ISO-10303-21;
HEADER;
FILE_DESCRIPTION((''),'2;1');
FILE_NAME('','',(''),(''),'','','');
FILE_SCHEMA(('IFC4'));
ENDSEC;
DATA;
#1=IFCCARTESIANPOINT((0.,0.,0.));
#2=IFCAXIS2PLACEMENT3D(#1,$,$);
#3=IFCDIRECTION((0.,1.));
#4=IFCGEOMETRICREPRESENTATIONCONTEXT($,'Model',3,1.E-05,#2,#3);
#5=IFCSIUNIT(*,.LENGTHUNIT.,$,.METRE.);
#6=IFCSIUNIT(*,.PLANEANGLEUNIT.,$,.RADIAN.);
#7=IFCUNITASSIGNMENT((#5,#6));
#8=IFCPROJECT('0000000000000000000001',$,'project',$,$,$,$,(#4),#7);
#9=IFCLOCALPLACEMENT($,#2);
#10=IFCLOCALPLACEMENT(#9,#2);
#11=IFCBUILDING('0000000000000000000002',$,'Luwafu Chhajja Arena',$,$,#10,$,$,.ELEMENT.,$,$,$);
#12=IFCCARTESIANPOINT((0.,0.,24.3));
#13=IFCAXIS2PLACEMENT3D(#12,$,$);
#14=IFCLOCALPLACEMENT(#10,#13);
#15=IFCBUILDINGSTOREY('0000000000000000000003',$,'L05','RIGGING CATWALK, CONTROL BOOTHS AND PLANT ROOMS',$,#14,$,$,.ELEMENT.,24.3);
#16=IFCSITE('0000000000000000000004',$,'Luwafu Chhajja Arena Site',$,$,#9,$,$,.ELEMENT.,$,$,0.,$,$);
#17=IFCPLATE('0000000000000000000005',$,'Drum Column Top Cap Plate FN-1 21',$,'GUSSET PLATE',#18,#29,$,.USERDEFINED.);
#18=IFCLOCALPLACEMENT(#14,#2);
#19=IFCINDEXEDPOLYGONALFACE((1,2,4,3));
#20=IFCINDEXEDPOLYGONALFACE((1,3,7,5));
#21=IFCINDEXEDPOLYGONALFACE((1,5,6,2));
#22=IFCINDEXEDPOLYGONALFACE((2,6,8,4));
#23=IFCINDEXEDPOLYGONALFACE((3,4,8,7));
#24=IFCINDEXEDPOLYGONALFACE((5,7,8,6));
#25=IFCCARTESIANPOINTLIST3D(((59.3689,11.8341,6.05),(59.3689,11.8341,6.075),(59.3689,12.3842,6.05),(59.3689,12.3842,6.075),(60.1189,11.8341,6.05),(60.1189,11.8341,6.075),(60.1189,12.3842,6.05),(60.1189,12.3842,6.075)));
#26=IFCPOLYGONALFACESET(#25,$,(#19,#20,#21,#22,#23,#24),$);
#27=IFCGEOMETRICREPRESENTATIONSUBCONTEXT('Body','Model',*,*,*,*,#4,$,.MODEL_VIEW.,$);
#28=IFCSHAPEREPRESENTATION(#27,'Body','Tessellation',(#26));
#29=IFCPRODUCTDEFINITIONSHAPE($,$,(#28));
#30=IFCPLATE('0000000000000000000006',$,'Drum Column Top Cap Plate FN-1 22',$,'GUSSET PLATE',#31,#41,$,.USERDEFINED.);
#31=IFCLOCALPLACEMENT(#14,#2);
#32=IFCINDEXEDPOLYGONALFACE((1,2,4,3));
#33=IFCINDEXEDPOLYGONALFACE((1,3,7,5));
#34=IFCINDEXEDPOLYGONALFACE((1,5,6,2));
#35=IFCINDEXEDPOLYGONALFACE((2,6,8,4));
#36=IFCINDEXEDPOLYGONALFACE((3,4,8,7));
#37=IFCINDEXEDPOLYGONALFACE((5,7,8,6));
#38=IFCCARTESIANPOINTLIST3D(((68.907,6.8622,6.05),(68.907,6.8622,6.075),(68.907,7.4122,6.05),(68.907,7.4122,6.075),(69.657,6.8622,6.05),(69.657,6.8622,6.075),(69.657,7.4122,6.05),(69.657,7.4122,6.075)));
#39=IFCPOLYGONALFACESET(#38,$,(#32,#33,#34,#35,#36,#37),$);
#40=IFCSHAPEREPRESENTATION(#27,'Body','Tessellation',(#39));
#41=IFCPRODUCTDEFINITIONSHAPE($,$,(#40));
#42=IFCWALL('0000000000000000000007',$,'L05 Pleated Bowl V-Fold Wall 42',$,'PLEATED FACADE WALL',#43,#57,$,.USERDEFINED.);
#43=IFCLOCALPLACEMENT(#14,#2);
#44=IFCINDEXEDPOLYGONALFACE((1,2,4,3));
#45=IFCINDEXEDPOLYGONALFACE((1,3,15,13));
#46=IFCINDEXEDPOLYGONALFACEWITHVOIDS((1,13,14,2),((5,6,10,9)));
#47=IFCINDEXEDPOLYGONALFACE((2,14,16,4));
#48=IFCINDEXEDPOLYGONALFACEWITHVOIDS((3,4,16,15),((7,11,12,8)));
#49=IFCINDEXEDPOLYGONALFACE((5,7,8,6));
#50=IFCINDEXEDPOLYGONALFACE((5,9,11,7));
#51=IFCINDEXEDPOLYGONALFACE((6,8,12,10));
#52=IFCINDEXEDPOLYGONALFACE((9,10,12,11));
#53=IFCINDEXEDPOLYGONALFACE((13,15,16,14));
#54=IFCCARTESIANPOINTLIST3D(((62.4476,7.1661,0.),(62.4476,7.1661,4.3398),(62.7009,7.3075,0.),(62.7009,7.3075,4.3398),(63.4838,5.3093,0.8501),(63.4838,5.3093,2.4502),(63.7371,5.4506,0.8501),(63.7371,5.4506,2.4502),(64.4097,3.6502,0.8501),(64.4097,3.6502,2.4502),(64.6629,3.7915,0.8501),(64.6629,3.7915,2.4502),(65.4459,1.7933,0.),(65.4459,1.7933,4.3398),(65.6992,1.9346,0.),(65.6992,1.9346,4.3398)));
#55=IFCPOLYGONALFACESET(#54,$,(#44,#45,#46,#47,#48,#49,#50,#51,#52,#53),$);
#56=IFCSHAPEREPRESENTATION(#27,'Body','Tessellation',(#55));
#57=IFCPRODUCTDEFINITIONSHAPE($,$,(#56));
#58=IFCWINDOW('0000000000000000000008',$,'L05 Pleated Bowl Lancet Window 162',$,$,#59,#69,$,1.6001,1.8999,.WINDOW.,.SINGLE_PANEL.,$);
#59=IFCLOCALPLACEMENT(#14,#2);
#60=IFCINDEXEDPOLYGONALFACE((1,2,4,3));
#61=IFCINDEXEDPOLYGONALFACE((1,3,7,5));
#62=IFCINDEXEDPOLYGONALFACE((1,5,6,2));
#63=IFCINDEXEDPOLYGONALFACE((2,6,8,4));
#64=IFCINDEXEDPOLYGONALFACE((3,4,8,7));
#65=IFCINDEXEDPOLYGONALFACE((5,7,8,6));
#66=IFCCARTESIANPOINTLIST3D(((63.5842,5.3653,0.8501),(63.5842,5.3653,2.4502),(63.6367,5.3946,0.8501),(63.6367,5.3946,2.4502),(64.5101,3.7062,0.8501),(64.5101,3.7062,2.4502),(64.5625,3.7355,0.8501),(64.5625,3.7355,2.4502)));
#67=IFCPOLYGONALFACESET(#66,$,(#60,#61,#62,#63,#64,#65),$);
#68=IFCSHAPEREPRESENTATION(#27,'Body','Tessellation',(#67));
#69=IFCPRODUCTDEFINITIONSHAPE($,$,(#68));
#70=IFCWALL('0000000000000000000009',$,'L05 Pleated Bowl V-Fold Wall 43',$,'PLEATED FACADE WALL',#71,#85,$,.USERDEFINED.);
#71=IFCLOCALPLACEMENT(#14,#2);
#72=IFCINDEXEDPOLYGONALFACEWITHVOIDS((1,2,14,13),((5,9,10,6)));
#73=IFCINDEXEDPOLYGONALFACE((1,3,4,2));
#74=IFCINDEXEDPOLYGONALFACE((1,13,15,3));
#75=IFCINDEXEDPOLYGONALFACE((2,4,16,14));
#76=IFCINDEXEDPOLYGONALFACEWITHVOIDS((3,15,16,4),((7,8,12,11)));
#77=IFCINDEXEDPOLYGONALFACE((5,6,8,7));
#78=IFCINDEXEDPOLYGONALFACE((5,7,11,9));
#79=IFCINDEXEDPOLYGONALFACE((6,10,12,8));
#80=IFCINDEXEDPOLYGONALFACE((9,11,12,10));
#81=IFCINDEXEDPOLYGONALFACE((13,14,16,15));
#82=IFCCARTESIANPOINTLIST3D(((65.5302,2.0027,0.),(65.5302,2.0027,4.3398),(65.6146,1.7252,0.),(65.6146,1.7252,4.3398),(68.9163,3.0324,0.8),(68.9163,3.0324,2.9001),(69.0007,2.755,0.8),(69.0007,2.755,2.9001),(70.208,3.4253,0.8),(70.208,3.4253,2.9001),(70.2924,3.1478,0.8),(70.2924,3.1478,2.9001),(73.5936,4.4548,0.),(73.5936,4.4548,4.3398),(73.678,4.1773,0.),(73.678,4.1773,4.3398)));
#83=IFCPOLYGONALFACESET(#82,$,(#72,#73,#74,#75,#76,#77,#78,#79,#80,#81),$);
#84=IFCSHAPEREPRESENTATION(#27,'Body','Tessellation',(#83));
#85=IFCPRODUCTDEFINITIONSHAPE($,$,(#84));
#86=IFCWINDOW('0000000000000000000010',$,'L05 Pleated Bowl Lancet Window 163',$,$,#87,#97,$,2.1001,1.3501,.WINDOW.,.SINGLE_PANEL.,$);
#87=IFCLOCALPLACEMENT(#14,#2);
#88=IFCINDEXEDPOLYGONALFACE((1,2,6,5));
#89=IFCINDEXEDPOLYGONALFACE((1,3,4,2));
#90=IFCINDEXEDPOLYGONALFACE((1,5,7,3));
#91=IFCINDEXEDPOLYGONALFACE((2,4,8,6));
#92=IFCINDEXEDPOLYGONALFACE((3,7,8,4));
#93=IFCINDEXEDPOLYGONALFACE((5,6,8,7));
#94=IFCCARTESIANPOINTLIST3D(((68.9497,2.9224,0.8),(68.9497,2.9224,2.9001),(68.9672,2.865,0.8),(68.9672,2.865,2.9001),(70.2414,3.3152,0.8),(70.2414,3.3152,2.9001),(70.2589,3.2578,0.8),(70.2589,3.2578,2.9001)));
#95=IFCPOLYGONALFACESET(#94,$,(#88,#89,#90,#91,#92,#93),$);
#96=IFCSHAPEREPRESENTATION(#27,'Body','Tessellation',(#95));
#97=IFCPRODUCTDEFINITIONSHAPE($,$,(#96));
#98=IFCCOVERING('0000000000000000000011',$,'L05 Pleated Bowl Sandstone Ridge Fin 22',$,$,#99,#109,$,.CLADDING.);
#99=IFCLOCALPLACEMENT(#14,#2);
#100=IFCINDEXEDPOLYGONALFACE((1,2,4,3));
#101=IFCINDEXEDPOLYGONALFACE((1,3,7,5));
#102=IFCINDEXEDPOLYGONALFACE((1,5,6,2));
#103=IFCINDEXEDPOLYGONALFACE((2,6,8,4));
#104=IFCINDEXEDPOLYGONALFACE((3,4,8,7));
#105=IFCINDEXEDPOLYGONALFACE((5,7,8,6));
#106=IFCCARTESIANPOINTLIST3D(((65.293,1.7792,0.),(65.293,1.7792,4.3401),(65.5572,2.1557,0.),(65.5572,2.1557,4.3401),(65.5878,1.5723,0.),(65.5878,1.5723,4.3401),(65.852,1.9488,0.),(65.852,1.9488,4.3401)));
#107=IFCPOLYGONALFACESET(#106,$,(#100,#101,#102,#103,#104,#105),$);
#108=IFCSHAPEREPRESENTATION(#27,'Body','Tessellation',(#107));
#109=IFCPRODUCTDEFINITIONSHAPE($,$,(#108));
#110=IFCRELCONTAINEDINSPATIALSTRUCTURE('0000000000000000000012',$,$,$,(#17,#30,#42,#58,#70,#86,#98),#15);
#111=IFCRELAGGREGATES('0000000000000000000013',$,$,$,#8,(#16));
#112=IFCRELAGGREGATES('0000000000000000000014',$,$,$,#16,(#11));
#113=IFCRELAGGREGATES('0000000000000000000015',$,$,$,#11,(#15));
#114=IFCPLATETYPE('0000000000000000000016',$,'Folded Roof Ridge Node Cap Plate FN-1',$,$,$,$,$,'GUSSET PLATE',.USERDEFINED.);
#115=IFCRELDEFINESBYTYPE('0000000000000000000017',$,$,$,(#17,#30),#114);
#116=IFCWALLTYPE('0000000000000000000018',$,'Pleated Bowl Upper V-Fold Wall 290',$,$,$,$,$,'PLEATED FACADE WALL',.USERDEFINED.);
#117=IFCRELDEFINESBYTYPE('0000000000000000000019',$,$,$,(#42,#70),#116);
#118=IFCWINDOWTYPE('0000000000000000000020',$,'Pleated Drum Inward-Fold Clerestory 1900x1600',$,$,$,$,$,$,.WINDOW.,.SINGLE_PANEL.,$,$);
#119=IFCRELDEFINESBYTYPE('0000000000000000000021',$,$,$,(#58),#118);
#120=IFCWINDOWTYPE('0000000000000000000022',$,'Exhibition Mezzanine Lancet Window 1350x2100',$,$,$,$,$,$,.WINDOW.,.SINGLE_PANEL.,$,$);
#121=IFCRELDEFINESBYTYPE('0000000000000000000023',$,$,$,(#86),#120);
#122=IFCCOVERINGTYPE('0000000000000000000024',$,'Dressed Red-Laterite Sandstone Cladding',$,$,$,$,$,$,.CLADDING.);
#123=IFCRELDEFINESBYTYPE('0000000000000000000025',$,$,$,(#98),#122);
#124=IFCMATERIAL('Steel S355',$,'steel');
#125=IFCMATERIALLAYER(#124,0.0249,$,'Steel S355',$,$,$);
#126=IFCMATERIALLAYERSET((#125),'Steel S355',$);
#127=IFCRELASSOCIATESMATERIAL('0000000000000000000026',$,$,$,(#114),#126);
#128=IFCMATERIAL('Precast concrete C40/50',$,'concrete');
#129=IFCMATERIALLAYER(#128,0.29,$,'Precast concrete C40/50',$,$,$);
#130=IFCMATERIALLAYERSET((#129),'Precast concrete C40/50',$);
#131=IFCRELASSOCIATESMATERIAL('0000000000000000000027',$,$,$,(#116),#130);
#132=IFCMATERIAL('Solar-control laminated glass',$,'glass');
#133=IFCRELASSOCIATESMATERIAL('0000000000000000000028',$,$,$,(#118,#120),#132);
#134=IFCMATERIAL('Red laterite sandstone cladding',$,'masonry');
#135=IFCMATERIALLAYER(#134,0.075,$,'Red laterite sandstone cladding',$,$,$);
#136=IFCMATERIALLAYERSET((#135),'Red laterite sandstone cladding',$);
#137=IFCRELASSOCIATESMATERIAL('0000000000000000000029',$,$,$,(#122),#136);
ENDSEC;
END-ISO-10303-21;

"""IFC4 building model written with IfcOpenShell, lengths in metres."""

from ifc_helpers import new_model, si_unit, direction, frame, frame_2d, origin, origin_2d, place, context, subcontext, project, spatial, rectangle, extrude, material, layer, layer_set, type_object, element, fill, save


model = new_model("IFC4")

# Units and contexts
model_context = context("Model", 3, precision=1e-05, world=origin(), true_north=direction((0.0, 1.0)))
body_context = subcontext(model_context, "Body", "Model", "MODEL_VIEW")
ifc_project = project(units=[si_unit("LENGTHUNIT", "METRE"), si_unit("PLANEANGLEUNIT", "RADIAN")], contexts=[model_context])

# Site, building, storey
site_placement = place(None, origin())
site = spatial("IfcSite", under=ifc_project, at=site_placement, Name="Luwafu Chhajja Arena Site", CompositionType="ELEMENT", RefElevation=0.0)
building_placement = place(site_placement, origin())
building = spatial("IfcBuilding", under=site, at=building_placement, Name="Luwafu Chhajja Arena", CompositionType="ELEMENT")
storey_placement = place(building_placement, frame((0.0, 0.0, 24.3)))
storey = spatial("IfcBuildingStorey", under=building, at=storey_placement, Name="L05", Description="RIGGING CATWALK, CONTROL BOOTHS AND PLANT ROOMS", CompositionType="ELEMENT", Elevation=24.3)

# Shared definitions
ifc_material_1 = material(Name="Steel S355", Category="steel")

# Shared definitions
ifc_material_2 = material(Name="Solar-control laminated glass", Category="glass")

# Plates
ifc_layer_1 = layer(ifc_material_1, 0.0249, Name="Steel S355")
ifc_layer_set_1 = layer_set([ifc_layer_1], Name="Steel S355")
plate_type_1 = type_object("IfcPlateType", Name="Folded Roof Ridge Node Cap Plate FN-1", ElementType="GUSSET PLATE", PredefinedType="USERDEFINED", material=ifc_layer_set_1)
for number, where, z_axis, x_axis, name in (
    (1, (59.7439, 12.1091, 6.05), (0.0, 0.0, 1.0), (1.0, 0.0, 0.0), "Drum Column Top Cap Plate FN-1 21"),
    (2, (69.282, 7.1372, 6.05), (0.0, 0.0, 1.0), (1.0, 0.0, 0.0), "Drum Column Top Cap Plate FN-1 22"),
):
    element("IfcPlate", number, at=place(storey_placement, frame(where, z_axis=z_axis, x_axis=x_axis)), inside=storey, type_object=plate_type_1, Name=name, ObjectType="GUSSET PLATE", PredefinedType="USERDEFINED", context=body_context, shape_type="SweptSolid", body=[
        extrude(rectangle(XDim=0.75, YDim=0.55, at=origin_2d()), origin(), (0.0, 0.0, 1.0), 0.0249),
    ])

# Walls, openings, windows
ifc_material_3 = material(Name="Precast concrete C40/50", Category="concrete")
ifc_layer_2 = layer(ifc_material_3, 0.29, Name="Precast concrete C40/50")
ifc_layer_set_2 = layer_set([ifc_layer_2], Name="Precast concrete C40/50")
wall_type = type_object("IfcWallType", Name="Pleated Bowl Upper V-Fold Wall 290", ElementType="PLEATED FACADE WALL", PredefinedType="USERDEFINED", material=ifc_layer_set_2)
wall_1_placement = place(storey_placement, frame((62.5742, 7.2368, 0.0), z_axis=(0.0, 0.0, 1.0), x_axis=(0.487306, -0.873231, 0.0)))
wall_1 = element("IfcWall", 3, at=wall_1_placement, inside=storey, type_object=wall_type, Name="L05 Pleated Bowl V-Fold Wall 42", ObjectType="PLEATED FACADE WALL", PredefinedType="USERDEFINED", context=body_context, shape_type="SweptSolid", body=[
    extrude(rectangle(XDim=6.1528, YDim=0.29, at=frame_2d((3.0764, 0.0))), origin(), (0.0, 0.0, 1.0), 4.3398),
])
opening_1_placement = place(wall_1_placement, frame((2.1265, 0.0, 0.8501)))
opening_1 = element("IfcOpeningElement", 4, at=opening_1_placement, cuts=wall_1, PredefinedType="OPENING", context=body_context, shape_type="SweptSolid", body=[
    extrude(rectangle(XDim=1.8999, YDim=1.6001, at=frame_2d((0.95, 0.8))), frame((0.0, 0.155, 0.0), z_axis=(0.0, -1.0, 0.0), x_axis=(1.0, 0.0, 0.0)), (0.0, 0.0, 1.0), 0.3101),
])
window_type_1 = type_object("IfcWindowType", Name="Pleated Drum Inward-Fold Clerestory 1900x1600", PartitioningType="SINGLE_PANEL", PredefinedType="WINDOW", material=ifc_material_2)
window_1_placement = place(opening_1_placement, origin())
window_1 = element("IfcWindow", 5, at=window_1_placement, inside=storey, type_object=window_type_1, Name="L05 Pleated Bowl Lancet Window 162", OverallHeight=1.6001, OverallWidth=1.8999, PartitioningType="SINGLE_PANEL", PredefinedType="WINDOW", context=body_context, shape_type="SweptSolid", body=[
    extrude(rectangle(XDim=1.8999, YDim=1.6001, at=frame_2d((0.95, 0.8))), frame((0.0, 0.03, 0.0), z_axis=(0.0, -1.0, 0.0), x_axis=(1.0, 0.0, 0.0)), (0.0, 0.0, 1.0), 0.0601),
])
fill(opening_1, window_1)
wall_2_placement = place(storey_placement, frame((65.5725, 1.864, 0.0), z_axis=(0.0, 0.0, 1.0), x_axis=(0.956738, 0.29095, 0.0)))
wall_2 = element("IfcWall", 6, at=wall_2_placement, inside=storey, type_object=wall_type, Name="L05 Pleated Bowl V-Fold Wall 43", ObjectType="PLEATED FACADE WALL", PredefinedType="USERDEFINED", context=body_context, shape_type="SweptSolid", body=[
    extrude(rectangle(XDim=8.428, YDim=0.29, at=frame_2d((4.2139, 0.0))), origin(), (0.0, 0.0, 1.0), 4.3398),
])
opening_2_placement = place(wall_2_placement, frame((3.5391, 0.0, 0.8)))
opening_2 = element("IfcOpeningElement", 7, at=opening_2_placement, cuts=wall_2, PredefinedType="OPENING", context=body_context, shape_type="SweptSolid", body=[
    extrude(rectangle(XDim=1.3501, YDim=2.1001, at=frame_2d((0.675, 1.05))), frame((0.0, 0.155, 0.0), z_axis=(0.0, -1.0, 0.0), x_axis=(1.0, 0.0, 0.0)), (0.0, 0.0, 1.0), 0.3101),
])
window_type_2 = type_object("IfcWindowType", Name="Exhibition Mezzanine Lancet Window 1350x2100", PartitioningType="SINGLE_PANEL", PredefinedType="WINDOW", material=ifc_material_2)
window_2_placement = place(opening_2_placement, origin())
window_2 = element("IfcWindow", 8, at=window_2_placement, inside=storey, type_object=window_type_2, Name="L05 Pleated Bowl Lancet Window 163", OverallHeight=2.1001, OverallWidth=1.3501, PartitioningType="SINGLE_PANEL", PredefinedType="WINDOW", context=body_context, shape_type="SweptSolid", body=[
    extrude(rectangle(XDim=1.3501, YDim=2.1001, at=frame_2d((0.675, 1.05))), frame((0.0, 0.03, 0.0), z_axis=(0.0, -1.0, 0.0), x_axis=(1.0, 0.0, 0.0)), (0.0, 0.0, 1.0), 0.0601),
])
fill(opening_2, window_2)

# Covering
ifc_material_4 = material(Name="Red laterite sandstone cladding", Category="masonry")
ifc_layer_3 = layer(ifc_material_4, 0.075, Name="Red laterite sandstone cladding")
ifc_layer_set_3 = layer_set([ifc_layer_3], Name="Red laterite sandstone cladding")
covering_type = type_object("IfcCoveringType", Name="Dressed Red-Laterite Sandstone Cladding", PredefinedType="CLADDING", material=ifc_layer_set_3)
covering_placement = place(storey_placement, frame((65.5725, 1.864, 0.0), z_axis=(0.0, 0.0, 1.0), x_axis=(-0.574411, -0.818567, 0.0)))
element("IfcCovering", 9, at=covering_placement, inside=storey, type_object=covering_type, Name="L05 Pleated Bowl Sandstone Ridge Fin 22", PredefinedType="CLADDING", context=body_context, shape_type="SweptSolid", body=[
    extrude(rectangle(XDim=0.46, YDim=0.3601, at=origin_2d()), origin(), (0.0, 0.0, 1.0), 4.3401),
])

save(model, "model.ifc")
